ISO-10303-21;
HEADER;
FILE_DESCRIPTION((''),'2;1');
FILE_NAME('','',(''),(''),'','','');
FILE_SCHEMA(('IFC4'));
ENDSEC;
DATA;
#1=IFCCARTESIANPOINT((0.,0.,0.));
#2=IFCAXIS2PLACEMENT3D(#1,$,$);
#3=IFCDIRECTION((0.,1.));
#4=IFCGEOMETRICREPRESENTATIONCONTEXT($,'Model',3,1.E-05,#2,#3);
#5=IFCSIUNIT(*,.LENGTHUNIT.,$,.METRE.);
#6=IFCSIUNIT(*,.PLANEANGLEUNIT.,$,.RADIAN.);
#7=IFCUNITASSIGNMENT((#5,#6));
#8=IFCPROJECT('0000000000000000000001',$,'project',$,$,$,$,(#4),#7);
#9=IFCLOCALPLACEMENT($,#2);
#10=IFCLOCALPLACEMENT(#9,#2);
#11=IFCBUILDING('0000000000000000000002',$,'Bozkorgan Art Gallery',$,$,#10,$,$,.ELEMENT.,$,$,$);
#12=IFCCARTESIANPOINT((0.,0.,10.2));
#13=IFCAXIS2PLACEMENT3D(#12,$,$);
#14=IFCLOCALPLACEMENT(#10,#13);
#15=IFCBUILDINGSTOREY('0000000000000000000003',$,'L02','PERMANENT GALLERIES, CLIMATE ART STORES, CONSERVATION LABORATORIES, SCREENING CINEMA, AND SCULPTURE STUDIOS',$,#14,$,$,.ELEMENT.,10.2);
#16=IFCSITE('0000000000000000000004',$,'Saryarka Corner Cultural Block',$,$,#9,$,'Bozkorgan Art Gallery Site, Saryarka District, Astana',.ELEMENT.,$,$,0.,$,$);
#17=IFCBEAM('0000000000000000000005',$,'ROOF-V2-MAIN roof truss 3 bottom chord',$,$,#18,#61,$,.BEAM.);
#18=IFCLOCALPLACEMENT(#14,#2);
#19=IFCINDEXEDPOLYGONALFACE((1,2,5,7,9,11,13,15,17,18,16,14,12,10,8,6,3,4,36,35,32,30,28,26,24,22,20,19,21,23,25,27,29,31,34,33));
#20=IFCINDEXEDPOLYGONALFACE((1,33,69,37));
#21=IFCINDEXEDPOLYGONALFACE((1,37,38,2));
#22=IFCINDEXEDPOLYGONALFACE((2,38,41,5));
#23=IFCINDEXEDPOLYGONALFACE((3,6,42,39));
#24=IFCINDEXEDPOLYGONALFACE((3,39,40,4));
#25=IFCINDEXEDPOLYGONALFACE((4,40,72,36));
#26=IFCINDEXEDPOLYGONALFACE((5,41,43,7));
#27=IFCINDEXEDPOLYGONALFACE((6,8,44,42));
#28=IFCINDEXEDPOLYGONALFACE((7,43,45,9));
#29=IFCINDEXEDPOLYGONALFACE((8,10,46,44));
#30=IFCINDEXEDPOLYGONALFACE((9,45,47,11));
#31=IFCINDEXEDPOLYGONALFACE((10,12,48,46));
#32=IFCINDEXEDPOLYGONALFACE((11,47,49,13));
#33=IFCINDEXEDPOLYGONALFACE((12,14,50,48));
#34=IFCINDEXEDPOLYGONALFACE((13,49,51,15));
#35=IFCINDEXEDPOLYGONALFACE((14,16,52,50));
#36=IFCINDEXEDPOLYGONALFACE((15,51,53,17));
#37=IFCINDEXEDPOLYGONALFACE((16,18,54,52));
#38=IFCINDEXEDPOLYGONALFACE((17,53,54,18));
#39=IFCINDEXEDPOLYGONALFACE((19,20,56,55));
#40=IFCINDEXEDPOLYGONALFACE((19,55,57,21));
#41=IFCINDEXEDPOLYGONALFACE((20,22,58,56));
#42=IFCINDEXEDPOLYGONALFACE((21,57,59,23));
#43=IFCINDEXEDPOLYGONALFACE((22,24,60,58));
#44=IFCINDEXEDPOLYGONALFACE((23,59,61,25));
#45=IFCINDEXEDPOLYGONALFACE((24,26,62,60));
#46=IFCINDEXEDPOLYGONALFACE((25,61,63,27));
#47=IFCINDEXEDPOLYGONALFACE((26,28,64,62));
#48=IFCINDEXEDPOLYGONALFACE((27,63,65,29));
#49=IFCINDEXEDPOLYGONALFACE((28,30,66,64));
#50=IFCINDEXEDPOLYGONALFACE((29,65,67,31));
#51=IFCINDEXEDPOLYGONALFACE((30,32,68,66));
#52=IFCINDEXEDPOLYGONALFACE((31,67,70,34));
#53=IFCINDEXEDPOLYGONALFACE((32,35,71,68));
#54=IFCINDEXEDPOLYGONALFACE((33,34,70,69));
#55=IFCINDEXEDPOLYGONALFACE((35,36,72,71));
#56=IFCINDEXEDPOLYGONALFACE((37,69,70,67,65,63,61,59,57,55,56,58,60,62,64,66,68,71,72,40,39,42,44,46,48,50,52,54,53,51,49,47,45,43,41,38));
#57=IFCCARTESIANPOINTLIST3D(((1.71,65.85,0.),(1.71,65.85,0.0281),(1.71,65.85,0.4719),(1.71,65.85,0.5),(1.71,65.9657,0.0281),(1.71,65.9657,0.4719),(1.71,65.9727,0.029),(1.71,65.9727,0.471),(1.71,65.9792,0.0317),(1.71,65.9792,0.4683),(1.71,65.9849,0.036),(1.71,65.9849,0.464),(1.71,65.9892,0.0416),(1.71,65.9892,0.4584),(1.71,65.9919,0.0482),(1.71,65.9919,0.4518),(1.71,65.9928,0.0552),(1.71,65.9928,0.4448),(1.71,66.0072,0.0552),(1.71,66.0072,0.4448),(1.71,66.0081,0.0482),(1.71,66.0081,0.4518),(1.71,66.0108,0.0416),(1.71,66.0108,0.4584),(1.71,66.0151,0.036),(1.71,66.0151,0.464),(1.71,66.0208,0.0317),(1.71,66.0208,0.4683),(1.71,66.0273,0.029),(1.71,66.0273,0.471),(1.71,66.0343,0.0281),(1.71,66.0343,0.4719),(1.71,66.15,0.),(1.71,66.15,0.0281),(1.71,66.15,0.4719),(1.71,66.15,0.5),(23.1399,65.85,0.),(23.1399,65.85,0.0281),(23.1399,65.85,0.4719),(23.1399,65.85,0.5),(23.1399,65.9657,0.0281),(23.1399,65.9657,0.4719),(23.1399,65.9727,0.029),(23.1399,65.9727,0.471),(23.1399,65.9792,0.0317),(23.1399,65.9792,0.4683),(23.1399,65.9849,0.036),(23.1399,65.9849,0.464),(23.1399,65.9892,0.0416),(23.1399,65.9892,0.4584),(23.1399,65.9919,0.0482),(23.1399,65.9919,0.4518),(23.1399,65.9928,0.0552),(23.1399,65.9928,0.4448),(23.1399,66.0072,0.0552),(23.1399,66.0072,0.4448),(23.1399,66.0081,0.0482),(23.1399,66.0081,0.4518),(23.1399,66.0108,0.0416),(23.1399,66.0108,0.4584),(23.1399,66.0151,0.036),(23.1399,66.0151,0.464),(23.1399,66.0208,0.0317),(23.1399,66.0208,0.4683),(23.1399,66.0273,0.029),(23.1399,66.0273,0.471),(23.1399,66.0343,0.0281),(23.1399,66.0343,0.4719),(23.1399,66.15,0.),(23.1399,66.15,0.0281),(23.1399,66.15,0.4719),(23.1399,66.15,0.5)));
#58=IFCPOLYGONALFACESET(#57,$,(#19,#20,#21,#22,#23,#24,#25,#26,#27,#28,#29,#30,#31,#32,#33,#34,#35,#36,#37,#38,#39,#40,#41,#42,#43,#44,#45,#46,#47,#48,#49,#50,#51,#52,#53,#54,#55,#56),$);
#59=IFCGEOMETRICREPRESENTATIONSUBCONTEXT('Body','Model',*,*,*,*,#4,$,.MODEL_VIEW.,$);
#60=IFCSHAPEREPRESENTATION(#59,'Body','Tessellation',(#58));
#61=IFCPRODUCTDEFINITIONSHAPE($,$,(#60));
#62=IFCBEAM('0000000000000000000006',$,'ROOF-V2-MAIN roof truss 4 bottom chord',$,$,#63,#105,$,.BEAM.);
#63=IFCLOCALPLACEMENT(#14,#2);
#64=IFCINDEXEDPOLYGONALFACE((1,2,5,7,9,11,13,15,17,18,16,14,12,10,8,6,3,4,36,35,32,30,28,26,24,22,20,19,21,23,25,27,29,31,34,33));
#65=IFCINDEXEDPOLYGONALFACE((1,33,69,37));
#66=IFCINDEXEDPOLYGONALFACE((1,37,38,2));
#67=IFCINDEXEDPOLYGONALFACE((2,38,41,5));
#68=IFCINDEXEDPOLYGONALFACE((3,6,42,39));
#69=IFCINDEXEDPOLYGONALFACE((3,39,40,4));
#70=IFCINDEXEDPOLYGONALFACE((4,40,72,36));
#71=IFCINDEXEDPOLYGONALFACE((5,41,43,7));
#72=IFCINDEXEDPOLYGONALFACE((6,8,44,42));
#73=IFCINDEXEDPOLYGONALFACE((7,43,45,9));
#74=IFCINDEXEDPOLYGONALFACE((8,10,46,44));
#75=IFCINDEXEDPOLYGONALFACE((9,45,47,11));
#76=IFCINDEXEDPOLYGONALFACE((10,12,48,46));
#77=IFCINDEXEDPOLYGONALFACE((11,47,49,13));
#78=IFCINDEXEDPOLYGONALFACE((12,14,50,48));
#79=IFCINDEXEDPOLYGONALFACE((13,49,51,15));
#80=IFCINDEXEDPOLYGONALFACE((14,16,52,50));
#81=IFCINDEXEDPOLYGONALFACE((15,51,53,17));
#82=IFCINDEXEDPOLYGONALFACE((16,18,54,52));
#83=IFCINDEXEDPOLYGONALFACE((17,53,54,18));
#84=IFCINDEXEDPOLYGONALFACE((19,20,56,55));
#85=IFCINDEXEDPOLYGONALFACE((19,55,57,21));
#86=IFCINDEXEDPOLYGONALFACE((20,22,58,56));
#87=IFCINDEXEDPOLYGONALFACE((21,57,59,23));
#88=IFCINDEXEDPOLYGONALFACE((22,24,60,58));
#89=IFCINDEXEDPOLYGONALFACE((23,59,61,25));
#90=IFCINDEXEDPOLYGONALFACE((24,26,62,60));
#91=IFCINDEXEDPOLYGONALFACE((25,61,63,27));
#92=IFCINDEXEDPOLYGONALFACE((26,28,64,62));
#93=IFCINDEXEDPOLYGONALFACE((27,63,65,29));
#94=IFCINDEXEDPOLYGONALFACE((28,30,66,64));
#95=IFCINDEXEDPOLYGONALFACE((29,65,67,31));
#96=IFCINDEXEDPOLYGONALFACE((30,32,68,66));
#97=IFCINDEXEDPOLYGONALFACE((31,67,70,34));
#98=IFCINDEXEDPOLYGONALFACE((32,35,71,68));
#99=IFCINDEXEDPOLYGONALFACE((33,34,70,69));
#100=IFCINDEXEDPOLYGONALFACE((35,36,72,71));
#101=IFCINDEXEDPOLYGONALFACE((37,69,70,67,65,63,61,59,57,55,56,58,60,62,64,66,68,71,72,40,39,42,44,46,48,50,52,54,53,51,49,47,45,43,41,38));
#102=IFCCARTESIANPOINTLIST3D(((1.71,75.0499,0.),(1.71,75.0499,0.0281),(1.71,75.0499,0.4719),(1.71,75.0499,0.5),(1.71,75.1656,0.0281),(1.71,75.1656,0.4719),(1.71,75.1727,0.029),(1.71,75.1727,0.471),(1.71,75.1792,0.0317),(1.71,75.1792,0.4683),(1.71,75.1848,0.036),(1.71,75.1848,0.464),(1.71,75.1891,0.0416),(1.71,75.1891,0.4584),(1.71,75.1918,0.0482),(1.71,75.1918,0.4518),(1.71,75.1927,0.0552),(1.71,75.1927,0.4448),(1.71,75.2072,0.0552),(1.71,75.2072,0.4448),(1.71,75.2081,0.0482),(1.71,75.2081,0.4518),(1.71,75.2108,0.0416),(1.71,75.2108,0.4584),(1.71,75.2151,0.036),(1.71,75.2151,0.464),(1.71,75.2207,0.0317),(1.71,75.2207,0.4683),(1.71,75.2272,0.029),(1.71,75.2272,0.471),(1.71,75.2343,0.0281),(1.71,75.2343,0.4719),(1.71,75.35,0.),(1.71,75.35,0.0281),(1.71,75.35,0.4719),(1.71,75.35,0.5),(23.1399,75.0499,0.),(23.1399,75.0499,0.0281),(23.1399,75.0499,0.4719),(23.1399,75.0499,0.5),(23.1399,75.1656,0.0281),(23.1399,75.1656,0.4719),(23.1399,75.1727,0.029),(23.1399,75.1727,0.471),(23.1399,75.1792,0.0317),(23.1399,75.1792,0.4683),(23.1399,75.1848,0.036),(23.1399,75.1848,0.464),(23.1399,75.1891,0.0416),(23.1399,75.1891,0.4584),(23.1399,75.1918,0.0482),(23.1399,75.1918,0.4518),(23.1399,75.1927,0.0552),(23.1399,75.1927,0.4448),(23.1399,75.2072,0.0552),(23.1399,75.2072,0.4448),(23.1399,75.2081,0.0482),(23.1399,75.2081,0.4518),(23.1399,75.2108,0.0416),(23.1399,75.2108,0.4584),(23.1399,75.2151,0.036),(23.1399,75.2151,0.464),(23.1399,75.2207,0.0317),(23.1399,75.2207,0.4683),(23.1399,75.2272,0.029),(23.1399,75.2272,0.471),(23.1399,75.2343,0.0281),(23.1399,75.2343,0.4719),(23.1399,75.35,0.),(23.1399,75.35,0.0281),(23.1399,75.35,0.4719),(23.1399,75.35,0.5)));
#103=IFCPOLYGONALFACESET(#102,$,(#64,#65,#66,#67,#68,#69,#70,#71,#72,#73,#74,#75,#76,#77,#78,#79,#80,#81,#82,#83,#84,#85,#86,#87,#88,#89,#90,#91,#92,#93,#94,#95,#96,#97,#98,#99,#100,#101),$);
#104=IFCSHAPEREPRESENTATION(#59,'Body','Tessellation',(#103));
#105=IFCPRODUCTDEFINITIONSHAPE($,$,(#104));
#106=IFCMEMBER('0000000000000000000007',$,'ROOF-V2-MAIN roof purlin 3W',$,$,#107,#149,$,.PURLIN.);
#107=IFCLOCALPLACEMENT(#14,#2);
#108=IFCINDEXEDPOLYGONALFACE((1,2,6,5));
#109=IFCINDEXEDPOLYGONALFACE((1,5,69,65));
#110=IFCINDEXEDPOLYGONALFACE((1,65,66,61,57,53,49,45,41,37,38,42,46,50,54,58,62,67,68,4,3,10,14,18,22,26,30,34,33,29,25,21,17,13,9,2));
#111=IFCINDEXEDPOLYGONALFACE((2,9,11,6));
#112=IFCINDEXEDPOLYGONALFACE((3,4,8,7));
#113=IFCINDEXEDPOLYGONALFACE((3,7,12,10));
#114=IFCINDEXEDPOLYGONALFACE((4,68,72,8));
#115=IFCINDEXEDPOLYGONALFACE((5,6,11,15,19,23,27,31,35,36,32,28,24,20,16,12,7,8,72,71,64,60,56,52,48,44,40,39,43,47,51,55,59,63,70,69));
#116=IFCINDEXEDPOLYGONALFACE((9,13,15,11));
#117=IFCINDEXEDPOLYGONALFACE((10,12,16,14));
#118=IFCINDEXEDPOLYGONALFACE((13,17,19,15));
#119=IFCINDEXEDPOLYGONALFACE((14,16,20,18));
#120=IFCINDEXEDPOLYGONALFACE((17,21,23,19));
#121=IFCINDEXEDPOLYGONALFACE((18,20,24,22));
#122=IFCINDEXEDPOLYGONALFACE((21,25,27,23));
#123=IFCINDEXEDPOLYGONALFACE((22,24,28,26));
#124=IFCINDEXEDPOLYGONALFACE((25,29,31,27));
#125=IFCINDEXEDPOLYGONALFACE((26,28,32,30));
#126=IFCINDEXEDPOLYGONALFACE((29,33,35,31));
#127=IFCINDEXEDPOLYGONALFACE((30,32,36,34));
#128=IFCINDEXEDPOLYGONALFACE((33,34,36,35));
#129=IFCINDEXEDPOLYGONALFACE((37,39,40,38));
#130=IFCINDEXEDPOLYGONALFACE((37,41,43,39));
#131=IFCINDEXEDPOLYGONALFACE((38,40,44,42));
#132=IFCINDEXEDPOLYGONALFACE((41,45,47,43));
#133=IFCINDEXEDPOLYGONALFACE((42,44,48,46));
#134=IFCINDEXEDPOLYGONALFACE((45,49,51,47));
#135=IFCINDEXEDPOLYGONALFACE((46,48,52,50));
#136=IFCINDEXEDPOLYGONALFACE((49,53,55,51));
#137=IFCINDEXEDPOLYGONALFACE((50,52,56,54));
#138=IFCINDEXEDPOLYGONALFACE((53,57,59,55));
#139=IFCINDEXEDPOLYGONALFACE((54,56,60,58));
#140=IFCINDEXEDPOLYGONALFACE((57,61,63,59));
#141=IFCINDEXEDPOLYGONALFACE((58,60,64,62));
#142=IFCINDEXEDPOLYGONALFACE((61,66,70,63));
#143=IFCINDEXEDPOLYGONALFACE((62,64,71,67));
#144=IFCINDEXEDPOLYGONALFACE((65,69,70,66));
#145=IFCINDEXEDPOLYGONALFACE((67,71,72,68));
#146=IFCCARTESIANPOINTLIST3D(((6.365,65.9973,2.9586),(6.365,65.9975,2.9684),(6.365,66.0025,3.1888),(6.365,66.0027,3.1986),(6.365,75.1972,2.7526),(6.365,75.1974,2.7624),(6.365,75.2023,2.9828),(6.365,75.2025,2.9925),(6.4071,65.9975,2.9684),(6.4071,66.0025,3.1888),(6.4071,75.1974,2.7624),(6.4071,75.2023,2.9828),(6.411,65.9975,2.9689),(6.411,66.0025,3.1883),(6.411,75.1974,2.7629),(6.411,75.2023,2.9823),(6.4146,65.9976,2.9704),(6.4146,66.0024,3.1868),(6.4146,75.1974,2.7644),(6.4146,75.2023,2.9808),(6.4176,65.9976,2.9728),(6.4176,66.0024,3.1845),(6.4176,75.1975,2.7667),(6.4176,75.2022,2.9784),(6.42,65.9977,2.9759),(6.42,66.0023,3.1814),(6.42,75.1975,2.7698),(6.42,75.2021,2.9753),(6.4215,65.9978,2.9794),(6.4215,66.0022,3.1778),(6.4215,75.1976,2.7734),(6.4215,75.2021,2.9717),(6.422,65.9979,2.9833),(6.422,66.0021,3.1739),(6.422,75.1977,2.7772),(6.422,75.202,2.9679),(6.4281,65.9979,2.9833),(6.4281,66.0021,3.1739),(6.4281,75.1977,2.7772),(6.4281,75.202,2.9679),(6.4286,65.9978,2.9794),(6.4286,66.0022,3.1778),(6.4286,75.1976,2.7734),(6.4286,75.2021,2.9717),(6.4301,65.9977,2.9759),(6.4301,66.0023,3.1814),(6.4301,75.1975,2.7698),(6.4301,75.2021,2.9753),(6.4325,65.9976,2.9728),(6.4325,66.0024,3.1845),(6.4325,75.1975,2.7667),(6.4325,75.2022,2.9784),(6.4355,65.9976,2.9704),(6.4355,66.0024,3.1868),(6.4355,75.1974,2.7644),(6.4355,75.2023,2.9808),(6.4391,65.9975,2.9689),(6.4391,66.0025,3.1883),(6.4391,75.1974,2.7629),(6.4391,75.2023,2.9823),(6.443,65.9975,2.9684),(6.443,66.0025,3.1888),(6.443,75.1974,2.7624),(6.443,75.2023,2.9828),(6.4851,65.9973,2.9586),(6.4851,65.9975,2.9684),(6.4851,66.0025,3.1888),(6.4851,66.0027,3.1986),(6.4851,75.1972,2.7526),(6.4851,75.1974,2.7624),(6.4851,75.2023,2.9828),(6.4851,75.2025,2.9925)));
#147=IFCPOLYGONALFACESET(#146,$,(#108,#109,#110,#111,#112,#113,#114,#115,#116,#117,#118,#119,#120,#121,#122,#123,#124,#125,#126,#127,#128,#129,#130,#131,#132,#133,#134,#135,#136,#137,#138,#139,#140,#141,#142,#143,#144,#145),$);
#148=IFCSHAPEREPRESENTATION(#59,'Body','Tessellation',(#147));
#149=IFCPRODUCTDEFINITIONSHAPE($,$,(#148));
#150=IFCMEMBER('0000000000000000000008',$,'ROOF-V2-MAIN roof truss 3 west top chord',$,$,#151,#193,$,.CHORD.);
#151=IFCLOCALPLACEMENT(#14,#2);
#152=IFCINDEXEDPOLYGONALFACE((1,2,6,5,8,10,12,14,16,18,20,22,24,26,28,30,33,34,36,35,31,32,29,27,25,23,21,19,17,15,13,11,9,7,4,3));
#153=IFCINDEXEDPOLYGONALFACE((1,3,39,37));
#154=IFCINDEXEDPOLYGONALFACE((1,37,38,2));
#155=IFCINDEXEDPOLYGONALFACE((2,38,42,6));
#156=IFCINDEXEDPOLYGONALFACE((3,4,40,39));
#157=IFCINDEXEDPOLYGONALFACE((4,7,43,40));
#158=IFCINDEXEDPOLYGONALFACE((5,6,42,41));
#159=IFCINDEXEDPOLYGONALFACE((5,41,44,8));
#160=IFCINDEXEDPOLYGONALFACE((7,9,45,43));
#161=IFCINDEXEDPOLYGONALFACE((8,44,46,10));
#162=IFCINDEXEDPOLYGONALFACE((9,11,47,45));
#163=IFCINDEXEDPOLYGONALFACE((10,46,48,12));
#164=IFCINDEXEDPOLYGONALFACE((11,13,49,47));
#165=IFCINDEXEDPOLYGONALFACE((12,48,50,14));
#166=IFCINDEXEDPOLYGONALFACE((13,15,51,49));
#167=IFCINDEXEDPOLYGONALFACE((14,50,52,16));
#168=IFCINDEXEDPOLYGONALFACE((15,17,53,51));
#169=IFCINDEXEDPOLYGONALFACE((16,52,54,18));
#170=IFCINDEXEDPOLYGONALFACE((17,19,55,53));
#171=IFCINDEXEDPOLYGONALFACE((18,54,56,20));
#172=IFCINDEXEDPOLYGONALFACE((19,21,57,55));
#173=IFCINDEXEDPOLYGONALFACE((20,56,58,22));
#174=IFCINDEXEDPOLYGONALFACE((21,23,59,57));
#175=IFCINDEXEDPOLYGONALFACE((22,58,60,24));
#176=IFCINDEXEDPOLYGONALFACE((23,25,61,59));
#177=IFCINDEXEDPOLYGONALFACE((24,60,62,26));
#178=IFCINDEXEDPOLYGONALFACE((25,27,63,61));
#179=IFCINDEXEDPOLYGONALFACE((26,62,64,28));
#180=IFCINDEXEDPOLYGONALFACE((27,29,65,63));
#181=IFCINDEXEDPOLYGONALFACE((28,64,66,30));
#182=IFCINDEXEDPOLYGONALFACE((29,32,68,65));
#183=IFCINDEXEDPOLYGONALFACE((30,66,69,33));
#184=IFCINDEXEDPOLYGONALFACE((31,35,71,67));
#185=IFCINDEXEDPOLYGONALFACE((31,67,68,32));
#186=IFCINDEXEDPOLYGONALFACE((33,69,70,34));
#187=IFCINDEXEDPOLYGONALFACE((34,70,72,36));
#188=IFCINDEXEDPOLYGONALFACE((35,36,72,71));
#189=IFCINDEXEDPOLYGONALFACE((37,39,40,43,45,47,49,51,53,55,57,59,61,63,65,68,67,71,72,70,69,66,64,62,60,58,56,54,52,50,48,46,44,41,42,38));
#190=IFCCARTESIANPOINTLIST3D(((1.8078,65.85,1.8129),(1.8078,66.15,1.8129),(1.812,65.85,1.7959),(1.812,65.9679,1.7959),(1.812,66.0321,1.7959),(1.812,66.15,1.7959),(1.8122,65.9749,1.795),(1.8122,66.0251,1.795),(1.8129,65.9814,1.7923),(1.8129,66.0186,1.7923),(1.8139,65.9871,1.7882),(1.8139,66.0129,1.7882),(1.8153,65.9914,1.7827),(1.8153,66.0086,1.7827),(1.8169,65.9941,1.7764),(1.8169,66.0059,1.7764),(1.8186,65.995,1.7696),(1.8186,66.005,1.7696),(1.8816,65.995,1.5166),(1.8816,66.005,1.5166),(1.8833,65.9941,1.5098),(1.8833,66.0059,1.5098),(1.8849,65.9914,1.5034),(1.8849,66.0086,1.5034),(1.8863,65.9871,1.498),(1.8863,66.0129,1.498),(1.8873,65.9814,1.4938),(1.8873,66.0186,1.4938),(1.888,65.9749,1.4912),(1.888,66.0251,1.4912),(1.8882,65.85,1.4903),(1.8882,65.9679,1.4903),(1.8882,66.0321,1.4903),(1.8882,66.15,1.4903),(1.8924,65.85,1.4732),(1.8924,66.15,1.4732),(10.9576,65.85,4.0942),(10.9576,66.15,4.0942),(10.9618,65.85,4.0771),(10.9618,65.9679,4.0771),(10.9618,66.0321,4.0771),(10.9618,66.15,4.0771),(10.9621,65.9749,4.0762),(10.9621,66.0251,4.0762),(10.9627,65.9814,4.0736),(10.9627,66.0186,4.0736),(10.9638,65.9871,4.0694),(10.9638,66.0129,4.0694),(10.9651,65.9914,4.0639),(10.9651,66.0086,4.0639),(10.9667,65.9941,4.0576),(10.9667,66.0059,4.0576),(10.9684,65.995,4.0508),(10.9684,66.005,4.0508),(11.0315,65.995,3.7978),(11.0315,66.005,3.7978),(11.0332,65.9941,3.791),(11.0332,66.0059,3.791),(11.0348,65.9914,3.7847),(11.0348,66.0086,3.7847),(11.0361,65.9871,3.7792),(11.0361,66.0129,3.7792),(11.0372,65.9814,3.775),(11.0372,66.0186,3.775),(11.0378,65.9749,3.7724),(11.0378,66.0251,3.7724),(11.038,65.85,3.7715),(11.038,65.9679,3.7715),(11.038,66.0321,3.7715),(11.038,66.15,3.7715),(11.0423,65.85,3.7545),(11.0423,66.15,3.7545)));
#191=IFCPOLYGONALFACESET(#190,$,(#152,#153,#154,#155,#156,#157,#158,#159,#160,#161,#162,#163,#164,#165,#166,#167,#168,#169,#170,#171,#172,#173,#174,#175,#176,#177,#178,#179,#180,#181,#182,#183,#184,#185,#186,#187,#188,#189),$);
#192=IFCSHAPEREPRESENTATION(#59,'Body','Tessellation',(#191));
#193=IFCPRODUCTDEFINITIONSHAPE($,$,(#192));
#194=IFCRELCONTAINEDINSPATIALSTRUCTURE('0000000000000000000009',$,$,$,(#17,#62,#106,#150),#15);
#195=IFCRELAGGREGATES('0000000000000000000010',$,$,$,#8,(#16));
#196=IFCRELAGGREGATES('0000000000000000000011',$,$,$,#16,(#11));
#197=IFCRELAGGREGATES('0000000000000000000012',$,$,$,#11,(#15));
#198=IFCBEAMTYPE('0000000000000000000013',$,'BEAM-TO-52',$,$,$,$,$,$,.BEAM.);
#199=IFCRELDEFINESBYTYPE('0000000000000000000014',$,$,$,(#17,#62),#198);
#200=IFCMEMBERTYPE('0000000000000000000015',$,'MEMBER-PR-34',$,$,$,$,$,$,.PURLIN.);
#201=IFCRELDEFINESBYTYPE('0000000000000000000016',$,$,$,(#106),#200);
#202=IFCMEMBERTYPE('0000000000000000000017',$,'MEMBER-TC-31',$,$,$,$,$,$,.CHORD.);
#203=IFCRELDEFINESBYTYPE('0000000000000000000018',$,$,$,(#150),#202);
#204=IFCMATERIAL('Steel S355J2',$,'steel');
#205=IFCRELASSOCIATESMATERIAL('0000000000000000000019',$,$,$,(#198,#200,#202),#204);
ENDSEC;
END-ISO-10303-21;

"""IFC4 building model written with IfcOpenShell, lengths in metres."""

from ifc_helpers import new_model, si_unit, direction, frame, origin, origin_2d, place, context, subcontext, project, spatial, i_section, extrude, material, material_profile, profile_set, type_object, element, save


model = new_model("IFC4")

# Units and contexts
model_context = context("Model", 3, precision=1e-05, world=origin(), true_north=direction((0.0, 1.0)))
body_context = subcontext(model_context, "Body", "Model", "MODEL_VIEW")
ifc_project = project(units=[si_unit("LENGTHUNIT", "METRE"), si_unit("PLANEANGLEUNIT", "RADIAN")], contexts=[model_context])

# Site, building, storey
site_placement = place(None, origin())
site = spatial("IfcSite", under=ifc_project, at=site_placement, Name="Saryarka Corner Cultural Block", LongName="Bozkorgan Art Gallery Site, Saryarka District, Astana", CompositionType="ELEMENT", RefElevation=0.0)
building_placement = place(site_placement, origin())
building = spatial("IfcBuilding", under=site, at=building_placement, Name="Bozkorgan Art Gallery", CompositionType="ELEMENT")
storey_placement = place(building_placement, frame((0.0, 0.0, 10.2)))
storey = spatial("IfcBuildingStorey", under=building, at=storey_placement, Name="L02", Description="PERMANENT GALLERIES, CLIMATE ART STORES, CONSERVATION LABORATORIES, SCREENING CINEMA, AND SCULPTURE STUDIOS", CompositionType="ELEMENT", Elevation=10.2)

# Beams
ifc_material_1 = material(Name="Steel S355J2", Category="steel")
ifc_material_profile_1 = material_profile(ifc_material_1, i_section(OverallWidth=0.3, OverallDepth=0.5, WebThickness=0.0144, FlangeThickness=0.0281, FilletRadius=0.0271, at=origin_2d()), Name="HEB 500")
ifc_profile_set_1 = profile_set([ifc_material_profile_1], Name="Steel S355J2")
beam_type = type_object("IfcBeamType", Name="BEAM-TO-52", PredefinedType="BEAM", material=ifc_profile_set_1)
for number, where, z_axis, x_axis, name in (
    (1, (1.71, 66.0, 0.25), (1.0, 0.0, 0.0), (0.0, 1.0, 0.0), "ROOF-V2-MAIN roof truss 3 bottom chord"),
    (2, (1.71, 75.2, 0.25), (1.0, 0.0, 0.0), (0.0, 1.0, 0.0), "ROOF-V2-MAIN roof truss 4 bottom chord"),
):
    element("IfcBeam", number, at=place(storey_placement, frame(where, z_axis=z_axis, x_axis=x_axis)), inside=storey, type_object=beam_type, Name=name, PredefinedType="BEAM", context=body_context, shape_type="SweptSolid", body=[
        extrude(i_section(OverallWidth=0.3, OverallDepth=0.5, WebThickness=0.0144, FlangeThickness=0.0281, FilletRadius=0.0271, at=origin_2d()), origin(), (0.0, 0.0, 1.0), 21.4299),
    ])

# Members
ifc_material_profile_2 = material_profile(ifc_material_1, i_section(OverallWidth=0.1201, OverallDepth=0.24, WebThickness=0.0061, FlangeThickness=0.0098, FilletRadius=0.0149, at=origin_2d()), Name="IPE 240")
ifc_profile_set_2 = profile_set([ifc_material_profile_2], Name="Steel S355J2")
member_type_1 = type_object("IfcMemberType", Name="MEMBER-PR-34", PredefinedType="PURLIN", material=ifc_profile_set_2)
member_1_placement = place(storey_placement, frame((6.425, 66.0, 3.0786), z_axis=(0.0, 0.999749, -0.022392), x_axis=(-1.0, 0.0, 0.0)))
element("IfcMember", 3, at=member_1_placement, inside=storey, type_object=member_type_1, Name="ROOF-V2-MAIN roof purlin 3W", PredefinedType="PURLIN", context=body_context, shape_type="SweptSolid", body=[
    extrude(i_section(OverallWidth=0.1201, OverallDepth=0.24, WebThickness=0.0061, FlangeThickness=0.0098, FilletRadius=0.0149, at=origin_2d()), origin(), (0.0, 0.0, 1.0), 9.2021),
])
ifc_material_profile_3 = material_profile(ifc_material_1, i_section(OverallWidth=0.3, OverallDepth=0.3501, WebThickness=0.01, FlangeThickness=0.0176, FilletRadius=0.0271, at=origin_2d()), Name="HEA 360")
ifc_profile_set_3 = profile_set([ifc_material_profile_3], Name="Steel S355J2")
member_type_2 = type_object("IfcMemberType", Name="MEMBER-TC-31", PredefinedType="CHORD", material=ifc_profile_set_3)
member_2_placement = place(storey_placement, frame((1.8501, 66.0, 1.6431), z_axis=(0.970298, 0.0, 0.241914), x_axis=(0.0, 1.0, 0.0)))
element("IfcMember", 4, at=member_2_placement, inside=storey, type_object=member_type_2, Name="ROOF-V2-MAIN roof truss 3 west top chord", PredefinedType="CHORD", context=body_context, shape_type="SweptSolid", body=[
    extrude(i_section(OverallWidth=0.3, OverallDepth=0.3501, WebThickness=0.01, FlangeThickness=0.0176, FilletRadius=0.0271, at=origin_2d()), origin(), (0.0, 0.0, 1.0), 9.4299),
])

save(model, "model.ifc")
